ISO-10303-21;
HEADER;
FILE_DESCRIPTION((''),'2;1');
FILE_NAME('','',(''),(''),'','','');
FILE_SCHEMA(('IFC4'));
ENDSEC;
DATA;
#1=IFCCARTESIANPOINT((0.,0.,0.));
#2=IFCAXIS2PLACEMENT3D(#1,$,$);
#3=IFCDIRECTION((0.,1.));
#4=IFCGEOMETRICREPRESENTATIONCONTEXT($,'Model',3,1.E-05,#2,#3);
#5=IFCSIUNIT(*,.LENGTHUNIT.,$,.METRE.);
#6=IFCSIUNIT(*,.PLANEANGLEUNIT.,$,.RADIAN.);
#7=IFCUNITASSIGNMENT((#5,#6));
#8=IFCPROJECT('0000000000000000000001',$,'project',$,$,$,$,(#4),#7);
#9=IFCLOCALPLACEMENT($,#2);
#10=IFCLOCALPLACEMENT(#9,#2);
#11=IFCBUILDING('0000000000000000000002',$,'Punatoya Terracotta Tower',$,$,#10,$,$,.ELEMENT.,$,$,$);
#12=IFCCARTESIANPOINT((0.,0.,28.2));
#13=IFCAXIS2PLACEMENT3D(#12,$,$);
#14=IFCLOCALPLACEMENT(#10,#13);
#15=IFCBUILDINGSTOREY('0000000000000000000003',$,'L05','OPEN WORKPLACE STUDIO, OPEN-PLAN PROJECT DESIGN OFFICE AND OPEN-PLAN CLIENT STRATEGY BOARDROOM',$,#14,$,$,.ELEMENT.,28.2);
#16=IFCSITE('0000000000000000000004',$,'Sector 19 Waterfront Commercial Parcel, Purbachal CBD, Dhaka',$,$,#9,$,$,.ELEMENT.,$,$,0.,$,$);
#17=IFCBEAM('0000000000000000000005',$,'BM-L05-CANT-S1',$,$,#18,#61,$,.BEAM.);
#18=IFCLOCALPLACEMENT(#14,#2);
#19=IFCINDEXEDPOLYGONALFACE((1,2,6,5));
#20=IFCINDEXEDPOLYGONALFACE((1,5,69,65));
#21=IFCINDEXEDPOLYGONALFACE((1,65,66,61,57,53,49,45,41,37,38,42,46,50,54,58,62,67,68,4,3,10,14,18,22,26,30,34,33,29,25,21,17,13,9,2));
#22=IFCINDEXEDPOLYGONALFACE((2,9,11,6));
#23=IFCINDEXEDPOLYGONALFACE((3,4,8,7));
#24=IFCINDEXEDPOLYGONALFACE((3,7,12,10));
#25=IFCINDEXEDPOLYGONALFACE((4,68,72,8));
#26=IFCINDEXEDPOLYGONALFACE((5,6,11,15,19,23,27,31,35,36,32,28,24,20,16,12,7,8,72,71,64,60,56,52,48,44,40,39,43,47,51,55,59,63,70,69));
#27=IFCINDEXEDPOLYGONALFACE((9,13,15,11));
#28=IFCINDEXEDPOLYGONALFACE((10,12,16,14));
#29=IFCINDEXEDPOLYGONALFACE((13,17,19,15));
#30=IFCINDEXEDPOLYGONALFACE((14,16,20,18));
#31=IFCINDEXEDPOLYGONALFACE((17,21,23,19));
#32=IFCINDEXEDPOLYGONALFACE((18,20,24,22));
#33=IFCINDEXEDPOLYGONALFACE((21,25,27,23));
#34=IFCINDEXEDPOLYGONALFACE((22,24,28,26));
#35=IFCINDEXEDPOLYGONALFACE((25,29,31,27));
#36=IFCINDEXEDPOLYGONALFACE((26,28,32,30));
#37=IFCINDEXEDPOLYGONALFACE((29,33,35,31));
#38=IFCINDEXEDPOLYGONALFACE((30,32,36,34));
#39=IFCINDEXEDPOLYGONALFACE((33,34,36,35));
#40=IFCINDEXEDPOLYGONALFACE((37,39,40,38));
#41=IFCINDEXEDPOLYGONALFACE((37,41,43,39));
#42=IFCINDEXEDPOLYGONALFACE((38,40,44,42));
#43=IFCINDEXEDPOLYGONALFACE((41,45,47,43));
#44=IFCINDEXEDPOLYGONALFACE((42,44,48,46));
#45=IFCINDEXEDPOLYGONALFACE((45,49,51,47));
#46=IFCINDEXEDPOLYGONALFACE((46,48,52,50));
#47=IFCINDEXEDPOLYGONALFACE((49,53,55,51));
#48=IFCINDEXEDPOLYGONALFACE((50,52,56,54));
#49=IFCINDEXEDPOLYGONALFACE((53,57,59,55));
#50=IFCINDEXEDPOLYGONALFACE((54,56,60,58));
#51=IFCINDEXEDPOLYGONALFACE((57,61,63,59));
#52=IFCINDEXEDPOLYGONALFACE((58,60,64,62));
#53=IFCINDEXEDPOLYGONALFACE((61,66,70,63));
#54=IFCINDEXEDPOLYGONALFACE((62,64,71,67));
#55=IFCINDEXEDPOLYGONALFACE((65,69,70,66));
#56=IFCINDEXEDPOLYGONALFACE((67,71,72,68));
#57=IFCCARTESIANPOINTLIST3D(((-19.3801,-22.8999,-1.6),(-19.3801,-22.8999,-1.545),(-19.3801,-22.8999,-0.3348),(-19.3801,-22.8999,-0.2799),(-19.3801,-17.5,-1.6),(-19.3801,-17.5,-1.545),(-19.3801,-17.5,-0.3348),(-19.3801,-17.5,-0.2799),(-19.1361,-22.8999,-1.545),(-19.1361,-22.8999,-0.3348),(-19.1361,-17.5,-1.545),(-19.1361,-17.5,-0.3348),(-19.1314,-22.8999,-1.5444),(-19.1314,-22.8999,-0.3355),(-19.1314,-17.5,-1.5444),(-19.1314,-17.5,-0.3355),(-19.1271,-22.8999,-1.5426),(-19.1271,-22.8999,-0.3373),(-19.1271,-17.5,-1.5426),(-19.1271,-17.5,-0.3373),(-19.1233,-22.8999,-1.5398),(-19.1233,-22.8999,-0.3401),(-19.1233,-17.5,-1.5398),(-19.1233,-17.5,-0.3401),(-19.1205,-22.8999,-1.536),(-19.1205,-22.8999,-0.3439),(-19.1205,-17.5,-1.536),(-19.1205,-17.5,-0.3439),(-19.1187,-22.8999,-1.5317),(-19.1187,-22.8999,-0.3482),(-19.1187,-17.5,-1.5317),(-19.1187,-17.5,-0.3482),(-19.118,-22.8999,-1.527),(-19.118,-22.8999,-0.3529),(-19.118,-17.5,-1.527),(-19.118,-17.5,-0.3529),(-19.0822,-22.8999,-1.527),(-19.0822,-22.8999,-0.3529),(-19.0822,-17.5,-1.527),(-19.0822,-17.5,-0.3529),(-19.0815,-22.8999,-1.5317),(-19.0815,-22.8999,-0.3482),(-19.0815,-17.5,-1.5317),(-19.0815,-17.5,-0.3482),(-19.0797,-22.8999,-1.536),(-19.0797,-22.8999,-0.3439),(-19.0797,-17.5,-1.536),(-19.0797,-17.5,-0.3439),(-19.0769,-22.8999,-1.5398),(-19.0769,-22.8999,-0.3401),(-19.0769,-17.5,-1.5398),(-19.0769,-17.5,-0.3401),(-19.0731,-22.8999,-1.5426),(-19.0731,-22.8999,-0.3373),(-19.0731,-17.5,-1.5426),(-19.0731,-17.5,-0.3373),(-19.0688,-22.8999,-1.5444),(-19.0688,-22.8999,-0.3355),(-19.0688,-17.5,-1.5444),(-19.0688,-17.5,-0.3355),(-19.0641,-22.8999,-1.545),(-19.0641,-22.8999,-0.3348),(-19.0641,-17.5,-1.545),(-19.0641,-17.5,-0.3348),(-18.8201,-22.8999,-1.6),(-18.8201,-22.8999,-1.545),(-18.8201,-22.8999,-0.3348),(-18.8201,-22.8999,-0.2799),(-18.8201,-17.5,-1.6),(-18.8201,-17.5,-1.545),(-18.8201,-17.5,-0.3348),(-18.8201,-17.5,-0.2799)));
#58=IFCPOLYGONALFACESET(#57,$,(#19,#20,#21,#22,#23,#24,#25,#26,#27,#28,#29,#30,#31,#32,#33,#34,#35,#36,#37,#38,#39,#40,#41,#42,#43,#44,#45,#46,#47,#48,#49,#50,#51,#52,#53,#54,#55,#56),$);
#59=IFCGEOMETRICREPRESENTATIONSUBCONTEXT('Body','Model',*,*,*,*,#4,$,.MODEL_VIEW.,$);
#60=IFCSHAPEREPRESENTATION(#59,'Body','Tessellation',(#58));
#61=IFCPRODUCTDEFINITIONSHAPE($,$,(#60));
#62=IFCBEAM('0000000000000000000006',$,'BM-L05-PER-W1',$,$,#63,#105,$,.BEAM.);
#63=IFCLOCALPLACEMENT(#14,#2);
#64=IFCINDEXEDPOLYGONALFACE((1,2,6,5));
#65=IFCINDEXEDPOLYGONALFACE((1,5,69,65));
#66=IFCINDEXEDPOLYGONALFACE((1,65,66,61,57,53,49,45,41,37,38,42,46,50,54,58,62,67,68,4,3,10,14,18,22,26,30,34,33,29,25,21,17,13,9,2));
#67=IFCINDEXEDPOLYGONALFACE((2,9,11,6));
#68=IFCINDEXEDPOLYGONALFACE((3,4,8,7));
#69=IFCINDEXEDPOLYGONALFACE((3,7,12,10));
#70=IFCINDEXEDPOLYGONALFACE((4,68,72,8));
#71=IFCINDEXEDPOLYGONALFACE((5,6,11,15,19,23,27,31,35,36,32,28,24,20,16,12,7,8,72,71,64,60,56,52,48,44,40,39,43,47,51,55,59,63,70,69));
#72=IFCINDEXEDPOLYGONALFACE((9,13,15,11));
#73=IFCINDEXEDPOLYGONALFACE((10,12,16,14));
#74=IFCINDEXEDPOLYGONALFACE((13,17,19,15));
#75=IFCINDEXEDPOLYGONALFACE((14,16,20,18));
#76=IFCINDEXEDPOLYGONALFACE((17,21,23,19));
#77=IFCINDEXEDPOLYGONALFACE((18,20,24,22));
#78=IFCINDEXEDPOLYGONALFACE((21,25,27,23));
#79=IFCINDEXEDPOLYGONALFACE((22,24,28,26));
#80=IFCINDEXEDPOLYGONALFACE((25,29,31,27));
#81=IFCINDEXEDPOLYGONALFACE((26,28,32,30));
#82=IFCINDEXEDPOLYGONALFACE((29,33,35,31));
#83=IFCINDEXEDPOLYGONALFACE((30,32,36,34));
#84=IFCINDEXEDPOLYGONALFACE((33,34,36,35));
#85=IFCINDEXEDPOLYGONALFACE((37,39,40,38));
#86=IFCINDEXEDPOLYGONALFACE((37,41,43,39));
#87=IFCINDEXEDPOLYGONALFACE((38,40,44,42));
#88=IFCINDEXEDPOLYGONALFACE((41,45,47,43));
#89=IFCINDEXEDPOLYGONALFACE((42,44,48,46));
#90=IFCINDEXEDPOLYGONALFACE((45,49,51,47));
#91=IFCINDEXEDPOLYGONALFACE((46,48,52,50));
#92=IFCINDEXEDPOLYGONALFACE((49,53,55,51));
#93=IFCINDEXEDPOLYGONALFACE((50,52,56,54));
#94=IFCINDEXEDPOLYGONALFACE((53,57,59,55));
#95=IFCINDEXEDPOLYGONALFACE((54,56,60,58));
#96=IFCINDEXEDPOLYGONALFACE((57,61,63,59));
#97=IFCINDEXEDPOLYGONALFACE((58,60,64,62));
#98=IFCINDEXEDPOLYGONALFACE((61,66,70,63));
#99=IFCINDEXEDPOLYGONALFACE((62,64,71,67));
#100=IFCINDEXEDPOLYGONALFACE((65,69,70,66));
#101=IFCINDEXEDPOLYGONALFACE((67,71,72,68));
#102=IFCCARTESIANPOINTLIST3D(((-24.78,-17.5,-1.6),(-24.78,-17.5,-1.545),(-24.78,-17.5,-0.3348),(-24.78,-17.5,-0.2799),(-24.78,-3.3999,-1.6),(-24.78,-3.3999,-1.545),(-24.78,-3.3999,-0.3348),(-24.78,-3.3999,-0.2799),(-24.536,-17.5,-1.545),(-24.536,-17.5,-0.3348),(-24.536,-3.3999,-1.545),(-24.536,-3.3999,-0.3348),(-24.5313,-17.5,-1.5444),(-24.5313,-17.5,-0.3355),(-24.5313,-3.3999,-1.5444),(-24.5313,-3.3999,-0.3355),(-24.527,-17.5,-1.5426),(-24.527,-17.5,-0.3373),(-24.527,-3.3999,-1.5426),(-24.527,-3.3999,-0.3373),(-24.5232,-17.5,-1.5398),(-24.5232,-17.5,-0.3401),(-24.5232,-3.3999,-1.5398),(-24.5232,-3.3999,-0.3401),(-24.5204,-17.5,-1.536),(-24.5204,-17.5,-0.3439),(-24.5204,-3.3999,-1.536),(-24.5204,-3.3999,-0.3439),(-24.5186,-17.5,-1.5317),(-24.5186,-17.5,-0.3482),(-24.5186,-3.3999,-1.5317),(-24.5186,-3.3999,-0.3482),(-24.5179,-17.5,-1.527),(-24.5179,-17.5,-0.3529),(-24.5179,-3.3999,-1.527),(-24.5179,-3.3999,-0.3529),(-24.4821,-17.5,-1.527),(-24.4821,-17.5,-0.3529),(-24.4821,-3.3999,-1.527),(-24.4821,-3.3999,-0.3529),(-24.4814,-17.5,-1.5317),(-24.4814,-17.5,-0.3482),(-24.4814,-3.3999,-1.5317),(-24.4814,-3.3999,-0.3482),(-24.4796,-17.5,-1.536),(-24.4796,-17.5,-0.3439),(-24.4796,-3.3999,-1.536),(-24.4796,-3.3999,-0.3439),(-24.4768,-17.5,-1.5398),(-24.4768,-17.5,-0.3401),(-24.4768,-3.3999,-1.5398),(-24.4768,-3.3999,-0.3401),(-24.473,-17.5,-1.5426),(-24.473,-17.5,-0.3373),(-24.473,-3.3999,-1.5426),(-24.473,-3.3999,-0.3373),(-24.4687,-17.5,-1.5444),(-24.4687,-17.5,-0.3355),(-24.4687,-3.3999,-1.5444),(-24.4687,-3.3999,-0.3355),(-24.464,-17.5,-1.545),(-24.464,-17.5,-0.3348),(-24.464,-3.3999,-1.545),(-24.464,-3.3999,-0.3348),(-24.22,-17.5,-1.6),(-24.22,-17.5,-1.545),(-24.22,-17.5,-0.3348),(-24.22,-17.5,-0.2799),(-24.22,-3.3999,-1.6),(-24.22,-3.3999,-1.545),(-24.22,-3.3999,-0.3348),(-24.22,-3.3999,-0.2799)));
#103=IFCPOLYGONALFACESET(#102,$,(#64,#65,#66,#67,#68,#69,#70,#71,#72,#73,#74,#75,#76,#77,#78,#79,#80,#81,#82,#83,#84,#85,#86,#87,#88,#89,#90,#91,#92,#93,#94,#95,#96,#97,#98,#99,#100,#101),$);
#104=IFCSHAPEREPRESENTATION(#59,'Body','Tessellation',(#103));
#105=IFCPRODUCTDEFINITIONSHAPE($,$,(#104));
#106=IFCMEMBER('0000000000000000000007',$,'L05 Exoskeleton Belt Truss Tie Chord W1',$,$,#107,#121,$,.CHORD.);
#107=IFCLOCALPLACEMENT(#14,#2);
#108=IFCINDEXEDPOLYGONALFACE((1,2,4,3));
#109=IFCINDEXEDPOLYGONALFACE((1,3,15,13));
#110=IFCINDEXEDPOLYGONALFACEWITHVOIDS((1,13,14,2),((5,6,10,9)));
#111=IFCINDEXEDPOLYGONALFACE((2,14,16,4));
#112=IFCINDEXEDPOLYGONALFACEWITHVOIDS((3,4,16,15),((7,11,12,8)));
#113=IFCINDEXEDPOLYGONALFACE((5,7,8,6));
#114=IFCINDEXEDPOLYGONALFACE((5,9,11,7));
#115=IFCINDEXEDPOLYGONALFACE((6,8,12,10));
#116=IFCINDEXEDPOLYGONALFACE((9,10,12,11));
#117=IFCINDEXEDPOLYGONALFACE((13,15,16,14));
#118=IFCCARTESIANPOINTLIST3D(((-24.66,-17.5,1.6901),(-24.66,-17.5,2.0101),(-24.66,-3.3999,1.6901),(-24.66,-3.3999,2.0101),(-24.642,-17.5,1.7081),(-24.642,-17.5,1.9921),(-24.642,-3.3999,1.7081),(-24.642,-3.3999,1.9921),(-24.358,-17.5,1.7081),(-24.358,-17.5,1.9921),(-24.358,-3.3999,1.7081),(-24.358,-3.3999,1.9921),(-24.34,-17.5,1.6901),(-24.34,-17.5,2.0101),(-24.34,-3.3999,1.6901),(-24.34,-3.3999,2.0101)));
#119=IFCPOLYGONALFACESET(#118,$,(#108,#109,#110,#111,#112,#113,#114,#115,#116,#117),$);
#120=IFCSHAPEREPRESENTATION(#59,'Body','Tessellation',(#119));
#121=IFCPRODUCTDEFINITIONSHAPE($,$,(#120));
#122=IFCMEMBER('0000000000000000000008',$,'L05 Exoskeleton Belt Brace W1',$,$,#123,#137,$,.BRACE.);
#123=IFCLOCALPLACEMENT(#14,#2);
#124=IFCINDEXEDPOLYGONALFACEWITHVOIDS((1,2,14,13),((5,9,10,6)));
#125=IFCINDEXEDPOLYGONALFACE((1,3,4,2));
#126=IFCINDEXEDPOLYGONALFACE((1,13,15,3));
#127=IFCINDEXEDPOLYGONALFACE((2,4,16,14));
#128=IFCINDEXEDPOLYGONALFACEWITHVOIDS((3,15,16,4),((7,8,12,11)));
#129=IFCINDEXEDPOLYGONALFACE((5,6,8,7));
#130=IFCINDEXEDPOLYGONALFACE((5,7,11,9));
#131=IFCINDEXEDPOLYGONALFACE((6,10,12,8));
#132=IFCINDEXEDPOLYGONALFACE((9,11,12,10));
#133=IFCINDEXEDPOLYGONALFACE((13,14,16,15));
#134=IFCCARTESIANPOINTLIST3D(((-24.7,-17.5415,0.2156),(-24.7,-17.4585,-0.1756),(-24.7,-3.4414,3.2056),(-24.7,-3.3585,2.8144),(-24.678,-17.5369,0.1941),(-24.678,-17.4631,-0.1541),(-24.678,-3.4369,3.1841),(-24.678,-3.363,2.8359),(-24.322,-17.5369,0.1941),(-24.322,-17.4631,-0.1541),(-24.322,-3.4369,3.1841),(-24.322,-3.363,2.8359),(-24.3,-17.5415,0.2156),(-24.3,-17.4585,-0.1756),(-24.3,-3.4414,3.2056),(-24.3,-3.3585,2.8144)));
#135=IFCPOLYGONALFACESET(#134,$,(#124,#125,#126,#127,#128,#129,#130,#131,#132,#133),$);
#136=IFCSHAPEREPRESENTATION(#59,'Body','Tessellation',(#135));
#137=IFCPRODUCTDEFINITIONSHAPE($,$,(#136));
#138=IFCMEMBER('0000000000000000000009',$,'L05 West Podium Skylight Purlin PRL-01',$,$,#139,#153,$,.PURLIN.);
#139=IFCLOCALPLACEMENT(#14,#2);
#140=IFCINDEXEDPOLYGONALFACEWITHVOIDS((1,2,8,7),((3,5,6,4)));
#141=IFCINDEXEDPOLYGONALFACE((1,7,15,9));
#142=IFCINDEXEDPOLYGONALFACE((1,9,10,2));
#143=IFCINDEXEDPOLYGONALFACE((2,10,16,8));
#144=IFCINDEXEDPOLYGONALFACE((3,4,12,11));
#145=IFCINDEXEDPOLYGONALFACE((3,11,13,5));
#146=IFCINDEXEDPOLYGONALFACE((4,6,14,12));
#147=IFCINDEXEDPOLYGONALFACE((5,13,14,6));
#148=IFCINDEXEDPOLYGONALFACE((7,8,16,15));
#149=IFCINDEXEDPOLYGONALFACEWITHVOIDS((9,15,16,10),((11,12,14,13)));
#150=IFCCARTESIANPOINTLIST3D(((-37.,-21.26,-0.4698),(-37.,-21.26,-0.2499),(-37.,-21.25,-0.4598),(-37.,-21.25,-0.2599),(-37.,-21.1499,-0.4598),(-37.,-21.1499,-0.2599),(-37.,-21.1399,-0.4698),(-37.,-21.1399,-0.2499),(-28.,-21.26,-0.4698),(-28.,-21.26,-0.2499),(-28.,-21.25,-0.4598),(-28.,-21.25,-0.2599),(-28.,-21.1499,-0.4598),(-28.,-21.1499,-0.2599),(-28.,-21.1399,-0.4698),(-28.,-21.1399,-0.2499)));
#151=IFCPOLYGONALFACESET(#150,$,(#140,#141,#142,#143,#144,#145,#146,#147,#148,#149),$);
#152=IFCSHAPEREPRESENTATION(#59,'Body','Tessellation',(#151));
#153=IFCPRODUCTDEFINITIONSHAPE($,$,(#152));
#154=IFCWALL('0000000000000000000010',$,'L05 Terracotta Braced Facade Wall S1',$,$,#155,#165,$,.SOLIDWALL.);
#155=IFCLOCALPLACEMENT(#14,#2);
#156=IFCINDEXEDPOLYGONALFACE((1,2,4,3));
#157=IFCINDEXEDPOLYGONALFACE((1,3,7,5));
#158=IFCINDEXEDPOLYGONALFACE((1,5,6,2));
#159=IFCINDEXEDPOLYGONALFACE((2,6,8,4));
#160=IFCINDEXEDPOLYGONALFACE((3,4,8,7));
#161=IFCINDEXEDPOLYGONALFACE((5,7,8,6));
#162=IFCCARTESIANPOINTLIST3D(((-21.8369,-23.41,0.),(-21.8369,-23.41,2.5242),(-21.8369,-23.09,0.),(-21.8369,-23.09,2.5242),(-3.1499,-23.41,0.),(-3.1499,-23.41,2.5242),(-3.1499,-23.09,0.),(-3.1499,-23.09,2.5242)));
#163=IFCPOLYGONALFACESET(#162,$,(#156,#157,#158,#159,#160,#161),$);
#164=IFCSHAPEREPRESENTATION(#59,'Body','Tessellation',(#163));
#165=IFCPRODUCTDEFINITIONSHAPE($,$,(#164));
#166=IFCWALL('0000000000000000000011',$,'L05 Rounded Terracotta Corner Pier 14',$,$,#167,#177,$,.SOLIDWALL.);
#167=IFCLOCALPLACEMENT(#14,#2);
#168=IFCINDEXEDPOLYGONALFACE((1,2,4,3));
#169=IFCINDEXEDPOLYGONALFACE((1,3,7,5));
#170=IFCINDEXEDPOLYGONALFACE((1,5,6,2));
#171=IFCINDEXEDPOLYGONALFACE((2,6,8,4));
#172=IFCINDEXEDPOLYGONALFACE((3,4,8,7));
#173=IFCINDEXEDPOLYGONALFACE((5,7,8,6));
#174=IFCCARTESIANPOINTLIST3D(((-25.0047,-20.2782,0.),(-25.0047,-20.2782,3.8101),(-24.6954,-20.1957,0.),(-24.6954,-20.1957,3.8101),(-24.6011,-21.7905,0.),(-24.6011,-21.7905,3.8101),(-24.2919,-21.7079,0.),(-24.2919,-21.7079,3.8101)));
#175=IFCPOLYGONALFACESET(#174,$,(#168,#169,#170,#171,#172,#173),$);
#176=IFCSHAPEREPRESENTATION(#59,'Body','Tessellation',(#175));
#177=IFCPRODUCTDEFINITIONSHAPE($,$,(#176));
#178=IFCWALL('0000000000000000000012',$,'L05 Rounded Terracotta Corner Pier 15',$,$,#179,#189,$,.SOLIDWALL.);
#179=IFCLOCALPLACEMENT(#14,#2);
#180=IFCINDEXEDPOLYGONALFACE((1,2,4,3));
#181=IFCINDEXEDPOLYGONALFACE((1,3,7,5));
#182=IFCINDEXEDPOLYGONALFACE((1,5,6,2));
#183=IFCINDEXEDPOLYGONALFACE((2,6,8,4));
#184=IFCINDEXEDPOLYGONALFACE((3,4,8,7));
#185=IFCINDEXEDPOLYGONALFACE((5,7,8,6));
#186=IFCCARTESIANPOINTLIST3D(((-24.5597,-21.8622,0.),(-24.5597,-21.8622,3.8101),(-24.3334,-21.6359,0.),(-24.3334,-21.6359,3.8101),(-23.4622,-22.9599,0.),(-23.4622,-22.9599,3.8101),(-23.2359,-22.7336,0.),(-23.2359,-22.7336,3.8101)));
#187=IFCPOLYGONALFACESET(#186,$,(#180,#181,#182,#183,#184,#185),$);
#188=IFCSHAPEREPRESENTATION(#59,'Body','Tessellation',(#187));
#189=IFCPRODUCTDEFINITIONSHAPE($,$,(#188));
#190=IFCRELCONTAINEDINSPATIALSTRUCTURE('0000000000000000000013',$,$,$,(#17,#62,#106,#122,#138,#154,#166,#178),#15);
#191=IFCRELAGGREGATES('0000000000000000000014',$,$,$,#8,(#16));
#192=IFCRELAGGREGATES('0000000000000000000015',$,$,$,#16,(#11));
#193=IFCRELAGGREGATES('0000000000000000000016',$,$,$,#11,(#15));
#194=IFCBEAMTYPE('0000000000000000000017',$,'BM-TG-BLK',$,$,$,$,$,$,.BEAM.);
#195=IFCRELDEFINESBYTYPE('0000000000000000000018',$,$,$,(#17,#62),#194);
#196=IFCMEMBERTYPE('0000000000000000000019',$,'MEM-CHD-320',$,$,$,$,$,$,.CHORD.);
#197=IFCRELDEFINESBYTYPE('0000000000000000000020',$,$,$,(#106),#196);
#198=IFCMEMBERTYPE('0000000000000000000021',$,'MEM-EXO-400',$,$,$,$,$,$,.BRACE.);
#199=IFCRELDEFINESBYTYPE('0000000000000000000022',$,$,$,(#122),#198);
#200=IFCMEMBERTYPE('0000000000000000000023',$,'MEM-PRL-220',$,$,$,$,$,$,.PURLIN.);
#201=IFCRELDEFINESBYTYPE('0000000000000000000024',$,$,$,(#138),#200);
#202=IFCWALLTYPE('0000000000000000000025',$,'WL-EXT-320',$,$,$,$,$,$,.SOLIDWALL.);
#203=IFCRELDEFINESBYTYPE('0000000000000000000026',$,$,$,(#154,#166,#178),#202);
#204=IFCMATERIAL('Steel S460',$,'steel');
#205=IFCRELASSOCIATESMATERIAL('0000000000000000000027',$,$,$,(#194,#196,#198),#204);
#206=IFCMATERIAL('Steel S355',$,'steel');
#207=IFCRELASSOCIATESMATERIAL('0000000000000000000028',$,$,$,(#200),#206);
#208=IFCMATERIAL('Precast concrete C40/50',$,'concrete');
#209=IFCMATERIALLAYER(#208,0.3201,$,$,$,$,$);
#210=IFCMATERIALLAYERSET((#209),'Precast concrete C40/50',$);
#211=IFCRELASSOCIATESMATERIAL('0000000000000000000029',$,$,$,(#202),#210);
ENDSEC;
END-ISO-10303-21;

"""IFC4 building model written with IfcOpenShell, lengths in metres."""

from ifc_helpers import new_model, si_unit, direction, frame, frame_2d, origin, origin_2d, place, context, subcontext, project, spatial, rectangle, hollow_rectangle, i_section, extrude, material, layer, layer_set, material_profile, profile_set, type_object, element, save


model = new_model("IFC4")

# Units and contexts
model_context = context("Model", 3, precision=1e-05, world=origin(), true_north=direction((0.0, 1.0)))
body_context = subcontext(model_context, "Body", "Model", "MODEL_VIEW")
ifc_project = project(units=[si_unit("LENGTHUNIT", "METRE"), si_unit("PLANEANGLEUNIT", "RADIAN")], contexts=[model_context])

# Site, building, storey
site_placement = place(None, origin())
site = spatial("IfcSite", under=ifc_project, at=site_placement, Name="Sector 19 Waterfront Commercial Parcel, Purbachal CBD, Dhaka", CompositionType="ELEMENT", RefElevation=0.0)
building_placement = place(site_placement, origin())
building = spatial("IfcBuilding", under=site, at=building_placement, Name="Punatoya Terracotta Tower", CompositionType="ELEMENT")
storey_placement = place(building_placement, frame((0.0, 0.0, 28.2)))
storey = spatial("IfcBuildingStorey", under=building, at=storey_placement, Name="L05", Description="OPEN WORKPLACE STUDIO, OPEN-PLAN PROJECT DESIGN OFFICE AND OPEN-PLAN CLIENT STRATEGY BOARDROOM", CompositionType="ELEMENT", Elevation=28.2)

# Shared definitions
ifc_material_1 = material(Name="Steel S460", Category="steel")

# Beams
ifc_material_2 = material(Name="Steel S355", Category="steel")
ifc_material_profile_1 = material_profile(ifc_material_1, i_section(OverallWidth=0.5601, OverallDepth=1.3201, WebThickness=0.0359, FlangeThickness=0.0549, FilletRadius=0.0181, at=origin_2d()))
ifc_profile_set_1 = profile_set([ifc_material_profile_1], Name="Steel S460")
beam_type_1 = type_object("IfcBeamType", Name="BM-TG-BLK", PredefinedType="BEAM", material=ifc_profile_set_1)
beam_1_placement = place(storey_placement, frame((-19.1001, -22.8999, -0.9399), z_axis=(0.0, 1.0, 0.0), x_axis=(-1.0, 0.0, 0.0)))
element("IfcBeam", 1, at=beam_1_placement, inside=storey, type_object=beam_type_1, Name="BM-L05-CANT-S1", PredefinedType="BEAM", context=body_context, shape_type="SweptSolid", body=[
    extrude(i_section(OverallWidth=0.5601, OverallDepth=1.3201, WebThickness=0.0359, FlangeThickness=0.0549, FilletRadius=0.0181, at=origin_2d()), origin(), (0.0, 0.0, 1.0), 5.3999),
])
beam_2_placement = place(storey_placement, frame((-24.5, -17.5, -0.9399), z_axis=(0.0, 1.0, 0.0), x_axis=(-1.0, 0.0, 0.0)))
element("IfcBeam", 2, at=beam_2_placement, inside=storey, type_object=beam_type_1, Name="BM-L05-PER-W1", PredefinedType="BEAM", context=body_context, shape_type="SweptSolid", body=[
    extrude(i_section(OverallWidth=0.5601, OverallDepth=1.3201, WebThickness=0.0359, FlangeThickness=0.0549, FilletRadius=0.0181, at=origin_2d()), origin(), (0.0, 0.0, 1.0), 14.1001),
])

# Members
ifc_material_profile_2 = material_profile(ifc_material_1, hollow_rectangle(XDim=0.3201, YDim=0.3201, WallThickness=0.0181, at=origin_2d()))
ifc_profile_set_2 = profile_set([ifc_material_profile_2], Name="Steel S460")
member_type_1 = type_object("IfcMemberType", Name="MEM-CHD-320", PredefinedType="CHORD", material=ifc_profile_set_2)
member_1_placement = place(storey_placement, frame((-24.5, -17.5, 1.8501), z_axis=(0.0, 1.0, 0.0), x_axis=(-1.0, 0.0, 0.0)))
element("IfcMember", 3, at=member_1_placement, inside=storey, type_object=member_type_1, Name="L05 Exoskeleton Belt Truss Tie Chord W1", PredefinedType="CHORD", context=body_context, shape_type="SweptSolid", body=[
    extrude(hollow_rectangle(XDim=0.3201, YDim=0.3201, WallThickness=0.0181, at=origin_2d()), origin(), (0.0, 0.0, 1.0), 14.1001),
])
ifc_material_profile_3 = material_profile(ifc_material_1, hollow_rectangle(XDim=0.3999, YDim=0.3999, WallThickness=0.022, at=origin_2d()))
ifc_profile_set_3 = profile_set([ifc_material_profile_3], Name="Steel S460")
member_type_2 = type_object("IfcMemberType", Name="MEM-EXO-400", PredefinedType="BRACE", material=ifc_profile_set_3)
member_2_placement = place(storey_placement, frame((-24.5, -17.5, 0.02), z_axis=(0.0, 0.978247, 0.207442), x_axis=(-1.0, 0.0, 0.0)))
element("IfcMember", 4, at=member_2_placement, inside=storey, type_object=member_type_2, Name="L05 Exoskeleton Belt Brace W1", PredefinedType="BRACE", context=body_context, shape_type="SweptSolid", body=[
    extrude(hollow_rectangle(XDim=0.3999, YDim=0.3999, WallThickness=0.022, at=origin_2d()), origin(), (0.0, 0.0, 1.0), 14.4136),
])
ifc_material_profile_4 = material_profile(ifc_material_2, hollow_rectangle(XDim=0.1201, YDim=0.22, WallThickness=0.01, at=origin_2d()))
ifc_profile_set_4 = profile_set([ifc_material_profile_4], Name="Steel S355")
member_type_3 = type_object("IfcMemberType", Name="MEM-PRL-220", PredefinedType="PURLIN", material=ifc_profile_set_4)
member_3_placement = place(storey_placement, frame((-37.0, -21.2, -0.3599), z_axis=(1.0, 0.0, 0.0), x_axis=(0.0, 1.0, 0.0)))
element("IfcMember", 5, at=member_3_placement, inside=storey, type_object=member_type_3, Name="L05 West Podium Skylight Purlin PRL-01", PredefinedType="PURLIN", context=body_context, shape_type="SweptSolid", body=[
    extrude(hollow_rectangle(XDim=0.1201, YDim=0.22, WallThickness=0.01, at=origin_2d()), origin(), (0.0, 0.0, 1.0), 9.0),
])

# Walls
ifc_material_3 = material(Name="Precast concrete C40/50", Category="concrete")
ifc_layer_1 = layer(ifc_material_3, 0.3201)
ifc_layer_set_1 = layer_set([ifc_layer_1], Name="Precast concrete C40/50")
wall_type_1 = type_object("IfcWallType", Name="WL-EXT-320", PredefinedType="SOLIDWALL", material=ifc_layer_set_1)
wall_1_placement = place(storey_placement, frame((-21.8369, -23.25, 0.0), z_axis=(0.0, 0.0, 1.0), x_axis=(1.0, 0.0, 0.0)))
element("IfcWall", 6, at=wall_1_placement, inside=storey, type_object=wall_type_1, Name="L05 Terracotta Braced Facade Wall S1", PredefinedType="SOLIDWALL", context=body_context, shape_type="SweptSolid", body=[
    extrude(rectangle(XDim=18.687, YDim=0.3201, at=frame_2d((9.3435, 0.0))), origin(), (0.0, 0.0, 1.0), 2.5242),
])
wall_2_placement = place(storey_placement, frame((-24.8501, -20.2368, 0.0), z_axis=(0.0, 0.0, 1.0), x_axis=(0.257847, -0.966186, 0.0)))
element("IfcWall", 7, at=wall_2_placement, inside=storey, type_object=wall_type_1, Name="L05 Rounded Terracotta Corner Pier 14", PredefinedType="SOLIDWALL", context=body_context, shape_type="SweptSolid", body=[
    extrude(rectangle(XDim=1.5652, YDim=0.3201, at=frame_2d((0.7827, 0.0))), origin(), (0.0, 0.0, 1.0), 3.8101),
])
wall_3_placement = place(storey_placement, frame((-24.4465, -21.749, 0.0), z_axis=(0.0, 0.0, 1.0), x_axis=(0.707028, -0.707185, 0.0)))
element("IfcWall", 8, at=wall_3_placement, inside=storey, type_object=wall_type_1, Name="L05 Rounded Terracotta Corner Pier 15", PredefinedType="SOLIDWALL", context=body_context, shape_type="SweptSolid", body=[
    extrude(rectangle(XDim=1.5522, YDim=0.3201, at=frame_2d((0.7761, 0.0))), origin(), (0.0, 0.0, 1.0), 3.8101),
])

save(model, "model.ifc")
